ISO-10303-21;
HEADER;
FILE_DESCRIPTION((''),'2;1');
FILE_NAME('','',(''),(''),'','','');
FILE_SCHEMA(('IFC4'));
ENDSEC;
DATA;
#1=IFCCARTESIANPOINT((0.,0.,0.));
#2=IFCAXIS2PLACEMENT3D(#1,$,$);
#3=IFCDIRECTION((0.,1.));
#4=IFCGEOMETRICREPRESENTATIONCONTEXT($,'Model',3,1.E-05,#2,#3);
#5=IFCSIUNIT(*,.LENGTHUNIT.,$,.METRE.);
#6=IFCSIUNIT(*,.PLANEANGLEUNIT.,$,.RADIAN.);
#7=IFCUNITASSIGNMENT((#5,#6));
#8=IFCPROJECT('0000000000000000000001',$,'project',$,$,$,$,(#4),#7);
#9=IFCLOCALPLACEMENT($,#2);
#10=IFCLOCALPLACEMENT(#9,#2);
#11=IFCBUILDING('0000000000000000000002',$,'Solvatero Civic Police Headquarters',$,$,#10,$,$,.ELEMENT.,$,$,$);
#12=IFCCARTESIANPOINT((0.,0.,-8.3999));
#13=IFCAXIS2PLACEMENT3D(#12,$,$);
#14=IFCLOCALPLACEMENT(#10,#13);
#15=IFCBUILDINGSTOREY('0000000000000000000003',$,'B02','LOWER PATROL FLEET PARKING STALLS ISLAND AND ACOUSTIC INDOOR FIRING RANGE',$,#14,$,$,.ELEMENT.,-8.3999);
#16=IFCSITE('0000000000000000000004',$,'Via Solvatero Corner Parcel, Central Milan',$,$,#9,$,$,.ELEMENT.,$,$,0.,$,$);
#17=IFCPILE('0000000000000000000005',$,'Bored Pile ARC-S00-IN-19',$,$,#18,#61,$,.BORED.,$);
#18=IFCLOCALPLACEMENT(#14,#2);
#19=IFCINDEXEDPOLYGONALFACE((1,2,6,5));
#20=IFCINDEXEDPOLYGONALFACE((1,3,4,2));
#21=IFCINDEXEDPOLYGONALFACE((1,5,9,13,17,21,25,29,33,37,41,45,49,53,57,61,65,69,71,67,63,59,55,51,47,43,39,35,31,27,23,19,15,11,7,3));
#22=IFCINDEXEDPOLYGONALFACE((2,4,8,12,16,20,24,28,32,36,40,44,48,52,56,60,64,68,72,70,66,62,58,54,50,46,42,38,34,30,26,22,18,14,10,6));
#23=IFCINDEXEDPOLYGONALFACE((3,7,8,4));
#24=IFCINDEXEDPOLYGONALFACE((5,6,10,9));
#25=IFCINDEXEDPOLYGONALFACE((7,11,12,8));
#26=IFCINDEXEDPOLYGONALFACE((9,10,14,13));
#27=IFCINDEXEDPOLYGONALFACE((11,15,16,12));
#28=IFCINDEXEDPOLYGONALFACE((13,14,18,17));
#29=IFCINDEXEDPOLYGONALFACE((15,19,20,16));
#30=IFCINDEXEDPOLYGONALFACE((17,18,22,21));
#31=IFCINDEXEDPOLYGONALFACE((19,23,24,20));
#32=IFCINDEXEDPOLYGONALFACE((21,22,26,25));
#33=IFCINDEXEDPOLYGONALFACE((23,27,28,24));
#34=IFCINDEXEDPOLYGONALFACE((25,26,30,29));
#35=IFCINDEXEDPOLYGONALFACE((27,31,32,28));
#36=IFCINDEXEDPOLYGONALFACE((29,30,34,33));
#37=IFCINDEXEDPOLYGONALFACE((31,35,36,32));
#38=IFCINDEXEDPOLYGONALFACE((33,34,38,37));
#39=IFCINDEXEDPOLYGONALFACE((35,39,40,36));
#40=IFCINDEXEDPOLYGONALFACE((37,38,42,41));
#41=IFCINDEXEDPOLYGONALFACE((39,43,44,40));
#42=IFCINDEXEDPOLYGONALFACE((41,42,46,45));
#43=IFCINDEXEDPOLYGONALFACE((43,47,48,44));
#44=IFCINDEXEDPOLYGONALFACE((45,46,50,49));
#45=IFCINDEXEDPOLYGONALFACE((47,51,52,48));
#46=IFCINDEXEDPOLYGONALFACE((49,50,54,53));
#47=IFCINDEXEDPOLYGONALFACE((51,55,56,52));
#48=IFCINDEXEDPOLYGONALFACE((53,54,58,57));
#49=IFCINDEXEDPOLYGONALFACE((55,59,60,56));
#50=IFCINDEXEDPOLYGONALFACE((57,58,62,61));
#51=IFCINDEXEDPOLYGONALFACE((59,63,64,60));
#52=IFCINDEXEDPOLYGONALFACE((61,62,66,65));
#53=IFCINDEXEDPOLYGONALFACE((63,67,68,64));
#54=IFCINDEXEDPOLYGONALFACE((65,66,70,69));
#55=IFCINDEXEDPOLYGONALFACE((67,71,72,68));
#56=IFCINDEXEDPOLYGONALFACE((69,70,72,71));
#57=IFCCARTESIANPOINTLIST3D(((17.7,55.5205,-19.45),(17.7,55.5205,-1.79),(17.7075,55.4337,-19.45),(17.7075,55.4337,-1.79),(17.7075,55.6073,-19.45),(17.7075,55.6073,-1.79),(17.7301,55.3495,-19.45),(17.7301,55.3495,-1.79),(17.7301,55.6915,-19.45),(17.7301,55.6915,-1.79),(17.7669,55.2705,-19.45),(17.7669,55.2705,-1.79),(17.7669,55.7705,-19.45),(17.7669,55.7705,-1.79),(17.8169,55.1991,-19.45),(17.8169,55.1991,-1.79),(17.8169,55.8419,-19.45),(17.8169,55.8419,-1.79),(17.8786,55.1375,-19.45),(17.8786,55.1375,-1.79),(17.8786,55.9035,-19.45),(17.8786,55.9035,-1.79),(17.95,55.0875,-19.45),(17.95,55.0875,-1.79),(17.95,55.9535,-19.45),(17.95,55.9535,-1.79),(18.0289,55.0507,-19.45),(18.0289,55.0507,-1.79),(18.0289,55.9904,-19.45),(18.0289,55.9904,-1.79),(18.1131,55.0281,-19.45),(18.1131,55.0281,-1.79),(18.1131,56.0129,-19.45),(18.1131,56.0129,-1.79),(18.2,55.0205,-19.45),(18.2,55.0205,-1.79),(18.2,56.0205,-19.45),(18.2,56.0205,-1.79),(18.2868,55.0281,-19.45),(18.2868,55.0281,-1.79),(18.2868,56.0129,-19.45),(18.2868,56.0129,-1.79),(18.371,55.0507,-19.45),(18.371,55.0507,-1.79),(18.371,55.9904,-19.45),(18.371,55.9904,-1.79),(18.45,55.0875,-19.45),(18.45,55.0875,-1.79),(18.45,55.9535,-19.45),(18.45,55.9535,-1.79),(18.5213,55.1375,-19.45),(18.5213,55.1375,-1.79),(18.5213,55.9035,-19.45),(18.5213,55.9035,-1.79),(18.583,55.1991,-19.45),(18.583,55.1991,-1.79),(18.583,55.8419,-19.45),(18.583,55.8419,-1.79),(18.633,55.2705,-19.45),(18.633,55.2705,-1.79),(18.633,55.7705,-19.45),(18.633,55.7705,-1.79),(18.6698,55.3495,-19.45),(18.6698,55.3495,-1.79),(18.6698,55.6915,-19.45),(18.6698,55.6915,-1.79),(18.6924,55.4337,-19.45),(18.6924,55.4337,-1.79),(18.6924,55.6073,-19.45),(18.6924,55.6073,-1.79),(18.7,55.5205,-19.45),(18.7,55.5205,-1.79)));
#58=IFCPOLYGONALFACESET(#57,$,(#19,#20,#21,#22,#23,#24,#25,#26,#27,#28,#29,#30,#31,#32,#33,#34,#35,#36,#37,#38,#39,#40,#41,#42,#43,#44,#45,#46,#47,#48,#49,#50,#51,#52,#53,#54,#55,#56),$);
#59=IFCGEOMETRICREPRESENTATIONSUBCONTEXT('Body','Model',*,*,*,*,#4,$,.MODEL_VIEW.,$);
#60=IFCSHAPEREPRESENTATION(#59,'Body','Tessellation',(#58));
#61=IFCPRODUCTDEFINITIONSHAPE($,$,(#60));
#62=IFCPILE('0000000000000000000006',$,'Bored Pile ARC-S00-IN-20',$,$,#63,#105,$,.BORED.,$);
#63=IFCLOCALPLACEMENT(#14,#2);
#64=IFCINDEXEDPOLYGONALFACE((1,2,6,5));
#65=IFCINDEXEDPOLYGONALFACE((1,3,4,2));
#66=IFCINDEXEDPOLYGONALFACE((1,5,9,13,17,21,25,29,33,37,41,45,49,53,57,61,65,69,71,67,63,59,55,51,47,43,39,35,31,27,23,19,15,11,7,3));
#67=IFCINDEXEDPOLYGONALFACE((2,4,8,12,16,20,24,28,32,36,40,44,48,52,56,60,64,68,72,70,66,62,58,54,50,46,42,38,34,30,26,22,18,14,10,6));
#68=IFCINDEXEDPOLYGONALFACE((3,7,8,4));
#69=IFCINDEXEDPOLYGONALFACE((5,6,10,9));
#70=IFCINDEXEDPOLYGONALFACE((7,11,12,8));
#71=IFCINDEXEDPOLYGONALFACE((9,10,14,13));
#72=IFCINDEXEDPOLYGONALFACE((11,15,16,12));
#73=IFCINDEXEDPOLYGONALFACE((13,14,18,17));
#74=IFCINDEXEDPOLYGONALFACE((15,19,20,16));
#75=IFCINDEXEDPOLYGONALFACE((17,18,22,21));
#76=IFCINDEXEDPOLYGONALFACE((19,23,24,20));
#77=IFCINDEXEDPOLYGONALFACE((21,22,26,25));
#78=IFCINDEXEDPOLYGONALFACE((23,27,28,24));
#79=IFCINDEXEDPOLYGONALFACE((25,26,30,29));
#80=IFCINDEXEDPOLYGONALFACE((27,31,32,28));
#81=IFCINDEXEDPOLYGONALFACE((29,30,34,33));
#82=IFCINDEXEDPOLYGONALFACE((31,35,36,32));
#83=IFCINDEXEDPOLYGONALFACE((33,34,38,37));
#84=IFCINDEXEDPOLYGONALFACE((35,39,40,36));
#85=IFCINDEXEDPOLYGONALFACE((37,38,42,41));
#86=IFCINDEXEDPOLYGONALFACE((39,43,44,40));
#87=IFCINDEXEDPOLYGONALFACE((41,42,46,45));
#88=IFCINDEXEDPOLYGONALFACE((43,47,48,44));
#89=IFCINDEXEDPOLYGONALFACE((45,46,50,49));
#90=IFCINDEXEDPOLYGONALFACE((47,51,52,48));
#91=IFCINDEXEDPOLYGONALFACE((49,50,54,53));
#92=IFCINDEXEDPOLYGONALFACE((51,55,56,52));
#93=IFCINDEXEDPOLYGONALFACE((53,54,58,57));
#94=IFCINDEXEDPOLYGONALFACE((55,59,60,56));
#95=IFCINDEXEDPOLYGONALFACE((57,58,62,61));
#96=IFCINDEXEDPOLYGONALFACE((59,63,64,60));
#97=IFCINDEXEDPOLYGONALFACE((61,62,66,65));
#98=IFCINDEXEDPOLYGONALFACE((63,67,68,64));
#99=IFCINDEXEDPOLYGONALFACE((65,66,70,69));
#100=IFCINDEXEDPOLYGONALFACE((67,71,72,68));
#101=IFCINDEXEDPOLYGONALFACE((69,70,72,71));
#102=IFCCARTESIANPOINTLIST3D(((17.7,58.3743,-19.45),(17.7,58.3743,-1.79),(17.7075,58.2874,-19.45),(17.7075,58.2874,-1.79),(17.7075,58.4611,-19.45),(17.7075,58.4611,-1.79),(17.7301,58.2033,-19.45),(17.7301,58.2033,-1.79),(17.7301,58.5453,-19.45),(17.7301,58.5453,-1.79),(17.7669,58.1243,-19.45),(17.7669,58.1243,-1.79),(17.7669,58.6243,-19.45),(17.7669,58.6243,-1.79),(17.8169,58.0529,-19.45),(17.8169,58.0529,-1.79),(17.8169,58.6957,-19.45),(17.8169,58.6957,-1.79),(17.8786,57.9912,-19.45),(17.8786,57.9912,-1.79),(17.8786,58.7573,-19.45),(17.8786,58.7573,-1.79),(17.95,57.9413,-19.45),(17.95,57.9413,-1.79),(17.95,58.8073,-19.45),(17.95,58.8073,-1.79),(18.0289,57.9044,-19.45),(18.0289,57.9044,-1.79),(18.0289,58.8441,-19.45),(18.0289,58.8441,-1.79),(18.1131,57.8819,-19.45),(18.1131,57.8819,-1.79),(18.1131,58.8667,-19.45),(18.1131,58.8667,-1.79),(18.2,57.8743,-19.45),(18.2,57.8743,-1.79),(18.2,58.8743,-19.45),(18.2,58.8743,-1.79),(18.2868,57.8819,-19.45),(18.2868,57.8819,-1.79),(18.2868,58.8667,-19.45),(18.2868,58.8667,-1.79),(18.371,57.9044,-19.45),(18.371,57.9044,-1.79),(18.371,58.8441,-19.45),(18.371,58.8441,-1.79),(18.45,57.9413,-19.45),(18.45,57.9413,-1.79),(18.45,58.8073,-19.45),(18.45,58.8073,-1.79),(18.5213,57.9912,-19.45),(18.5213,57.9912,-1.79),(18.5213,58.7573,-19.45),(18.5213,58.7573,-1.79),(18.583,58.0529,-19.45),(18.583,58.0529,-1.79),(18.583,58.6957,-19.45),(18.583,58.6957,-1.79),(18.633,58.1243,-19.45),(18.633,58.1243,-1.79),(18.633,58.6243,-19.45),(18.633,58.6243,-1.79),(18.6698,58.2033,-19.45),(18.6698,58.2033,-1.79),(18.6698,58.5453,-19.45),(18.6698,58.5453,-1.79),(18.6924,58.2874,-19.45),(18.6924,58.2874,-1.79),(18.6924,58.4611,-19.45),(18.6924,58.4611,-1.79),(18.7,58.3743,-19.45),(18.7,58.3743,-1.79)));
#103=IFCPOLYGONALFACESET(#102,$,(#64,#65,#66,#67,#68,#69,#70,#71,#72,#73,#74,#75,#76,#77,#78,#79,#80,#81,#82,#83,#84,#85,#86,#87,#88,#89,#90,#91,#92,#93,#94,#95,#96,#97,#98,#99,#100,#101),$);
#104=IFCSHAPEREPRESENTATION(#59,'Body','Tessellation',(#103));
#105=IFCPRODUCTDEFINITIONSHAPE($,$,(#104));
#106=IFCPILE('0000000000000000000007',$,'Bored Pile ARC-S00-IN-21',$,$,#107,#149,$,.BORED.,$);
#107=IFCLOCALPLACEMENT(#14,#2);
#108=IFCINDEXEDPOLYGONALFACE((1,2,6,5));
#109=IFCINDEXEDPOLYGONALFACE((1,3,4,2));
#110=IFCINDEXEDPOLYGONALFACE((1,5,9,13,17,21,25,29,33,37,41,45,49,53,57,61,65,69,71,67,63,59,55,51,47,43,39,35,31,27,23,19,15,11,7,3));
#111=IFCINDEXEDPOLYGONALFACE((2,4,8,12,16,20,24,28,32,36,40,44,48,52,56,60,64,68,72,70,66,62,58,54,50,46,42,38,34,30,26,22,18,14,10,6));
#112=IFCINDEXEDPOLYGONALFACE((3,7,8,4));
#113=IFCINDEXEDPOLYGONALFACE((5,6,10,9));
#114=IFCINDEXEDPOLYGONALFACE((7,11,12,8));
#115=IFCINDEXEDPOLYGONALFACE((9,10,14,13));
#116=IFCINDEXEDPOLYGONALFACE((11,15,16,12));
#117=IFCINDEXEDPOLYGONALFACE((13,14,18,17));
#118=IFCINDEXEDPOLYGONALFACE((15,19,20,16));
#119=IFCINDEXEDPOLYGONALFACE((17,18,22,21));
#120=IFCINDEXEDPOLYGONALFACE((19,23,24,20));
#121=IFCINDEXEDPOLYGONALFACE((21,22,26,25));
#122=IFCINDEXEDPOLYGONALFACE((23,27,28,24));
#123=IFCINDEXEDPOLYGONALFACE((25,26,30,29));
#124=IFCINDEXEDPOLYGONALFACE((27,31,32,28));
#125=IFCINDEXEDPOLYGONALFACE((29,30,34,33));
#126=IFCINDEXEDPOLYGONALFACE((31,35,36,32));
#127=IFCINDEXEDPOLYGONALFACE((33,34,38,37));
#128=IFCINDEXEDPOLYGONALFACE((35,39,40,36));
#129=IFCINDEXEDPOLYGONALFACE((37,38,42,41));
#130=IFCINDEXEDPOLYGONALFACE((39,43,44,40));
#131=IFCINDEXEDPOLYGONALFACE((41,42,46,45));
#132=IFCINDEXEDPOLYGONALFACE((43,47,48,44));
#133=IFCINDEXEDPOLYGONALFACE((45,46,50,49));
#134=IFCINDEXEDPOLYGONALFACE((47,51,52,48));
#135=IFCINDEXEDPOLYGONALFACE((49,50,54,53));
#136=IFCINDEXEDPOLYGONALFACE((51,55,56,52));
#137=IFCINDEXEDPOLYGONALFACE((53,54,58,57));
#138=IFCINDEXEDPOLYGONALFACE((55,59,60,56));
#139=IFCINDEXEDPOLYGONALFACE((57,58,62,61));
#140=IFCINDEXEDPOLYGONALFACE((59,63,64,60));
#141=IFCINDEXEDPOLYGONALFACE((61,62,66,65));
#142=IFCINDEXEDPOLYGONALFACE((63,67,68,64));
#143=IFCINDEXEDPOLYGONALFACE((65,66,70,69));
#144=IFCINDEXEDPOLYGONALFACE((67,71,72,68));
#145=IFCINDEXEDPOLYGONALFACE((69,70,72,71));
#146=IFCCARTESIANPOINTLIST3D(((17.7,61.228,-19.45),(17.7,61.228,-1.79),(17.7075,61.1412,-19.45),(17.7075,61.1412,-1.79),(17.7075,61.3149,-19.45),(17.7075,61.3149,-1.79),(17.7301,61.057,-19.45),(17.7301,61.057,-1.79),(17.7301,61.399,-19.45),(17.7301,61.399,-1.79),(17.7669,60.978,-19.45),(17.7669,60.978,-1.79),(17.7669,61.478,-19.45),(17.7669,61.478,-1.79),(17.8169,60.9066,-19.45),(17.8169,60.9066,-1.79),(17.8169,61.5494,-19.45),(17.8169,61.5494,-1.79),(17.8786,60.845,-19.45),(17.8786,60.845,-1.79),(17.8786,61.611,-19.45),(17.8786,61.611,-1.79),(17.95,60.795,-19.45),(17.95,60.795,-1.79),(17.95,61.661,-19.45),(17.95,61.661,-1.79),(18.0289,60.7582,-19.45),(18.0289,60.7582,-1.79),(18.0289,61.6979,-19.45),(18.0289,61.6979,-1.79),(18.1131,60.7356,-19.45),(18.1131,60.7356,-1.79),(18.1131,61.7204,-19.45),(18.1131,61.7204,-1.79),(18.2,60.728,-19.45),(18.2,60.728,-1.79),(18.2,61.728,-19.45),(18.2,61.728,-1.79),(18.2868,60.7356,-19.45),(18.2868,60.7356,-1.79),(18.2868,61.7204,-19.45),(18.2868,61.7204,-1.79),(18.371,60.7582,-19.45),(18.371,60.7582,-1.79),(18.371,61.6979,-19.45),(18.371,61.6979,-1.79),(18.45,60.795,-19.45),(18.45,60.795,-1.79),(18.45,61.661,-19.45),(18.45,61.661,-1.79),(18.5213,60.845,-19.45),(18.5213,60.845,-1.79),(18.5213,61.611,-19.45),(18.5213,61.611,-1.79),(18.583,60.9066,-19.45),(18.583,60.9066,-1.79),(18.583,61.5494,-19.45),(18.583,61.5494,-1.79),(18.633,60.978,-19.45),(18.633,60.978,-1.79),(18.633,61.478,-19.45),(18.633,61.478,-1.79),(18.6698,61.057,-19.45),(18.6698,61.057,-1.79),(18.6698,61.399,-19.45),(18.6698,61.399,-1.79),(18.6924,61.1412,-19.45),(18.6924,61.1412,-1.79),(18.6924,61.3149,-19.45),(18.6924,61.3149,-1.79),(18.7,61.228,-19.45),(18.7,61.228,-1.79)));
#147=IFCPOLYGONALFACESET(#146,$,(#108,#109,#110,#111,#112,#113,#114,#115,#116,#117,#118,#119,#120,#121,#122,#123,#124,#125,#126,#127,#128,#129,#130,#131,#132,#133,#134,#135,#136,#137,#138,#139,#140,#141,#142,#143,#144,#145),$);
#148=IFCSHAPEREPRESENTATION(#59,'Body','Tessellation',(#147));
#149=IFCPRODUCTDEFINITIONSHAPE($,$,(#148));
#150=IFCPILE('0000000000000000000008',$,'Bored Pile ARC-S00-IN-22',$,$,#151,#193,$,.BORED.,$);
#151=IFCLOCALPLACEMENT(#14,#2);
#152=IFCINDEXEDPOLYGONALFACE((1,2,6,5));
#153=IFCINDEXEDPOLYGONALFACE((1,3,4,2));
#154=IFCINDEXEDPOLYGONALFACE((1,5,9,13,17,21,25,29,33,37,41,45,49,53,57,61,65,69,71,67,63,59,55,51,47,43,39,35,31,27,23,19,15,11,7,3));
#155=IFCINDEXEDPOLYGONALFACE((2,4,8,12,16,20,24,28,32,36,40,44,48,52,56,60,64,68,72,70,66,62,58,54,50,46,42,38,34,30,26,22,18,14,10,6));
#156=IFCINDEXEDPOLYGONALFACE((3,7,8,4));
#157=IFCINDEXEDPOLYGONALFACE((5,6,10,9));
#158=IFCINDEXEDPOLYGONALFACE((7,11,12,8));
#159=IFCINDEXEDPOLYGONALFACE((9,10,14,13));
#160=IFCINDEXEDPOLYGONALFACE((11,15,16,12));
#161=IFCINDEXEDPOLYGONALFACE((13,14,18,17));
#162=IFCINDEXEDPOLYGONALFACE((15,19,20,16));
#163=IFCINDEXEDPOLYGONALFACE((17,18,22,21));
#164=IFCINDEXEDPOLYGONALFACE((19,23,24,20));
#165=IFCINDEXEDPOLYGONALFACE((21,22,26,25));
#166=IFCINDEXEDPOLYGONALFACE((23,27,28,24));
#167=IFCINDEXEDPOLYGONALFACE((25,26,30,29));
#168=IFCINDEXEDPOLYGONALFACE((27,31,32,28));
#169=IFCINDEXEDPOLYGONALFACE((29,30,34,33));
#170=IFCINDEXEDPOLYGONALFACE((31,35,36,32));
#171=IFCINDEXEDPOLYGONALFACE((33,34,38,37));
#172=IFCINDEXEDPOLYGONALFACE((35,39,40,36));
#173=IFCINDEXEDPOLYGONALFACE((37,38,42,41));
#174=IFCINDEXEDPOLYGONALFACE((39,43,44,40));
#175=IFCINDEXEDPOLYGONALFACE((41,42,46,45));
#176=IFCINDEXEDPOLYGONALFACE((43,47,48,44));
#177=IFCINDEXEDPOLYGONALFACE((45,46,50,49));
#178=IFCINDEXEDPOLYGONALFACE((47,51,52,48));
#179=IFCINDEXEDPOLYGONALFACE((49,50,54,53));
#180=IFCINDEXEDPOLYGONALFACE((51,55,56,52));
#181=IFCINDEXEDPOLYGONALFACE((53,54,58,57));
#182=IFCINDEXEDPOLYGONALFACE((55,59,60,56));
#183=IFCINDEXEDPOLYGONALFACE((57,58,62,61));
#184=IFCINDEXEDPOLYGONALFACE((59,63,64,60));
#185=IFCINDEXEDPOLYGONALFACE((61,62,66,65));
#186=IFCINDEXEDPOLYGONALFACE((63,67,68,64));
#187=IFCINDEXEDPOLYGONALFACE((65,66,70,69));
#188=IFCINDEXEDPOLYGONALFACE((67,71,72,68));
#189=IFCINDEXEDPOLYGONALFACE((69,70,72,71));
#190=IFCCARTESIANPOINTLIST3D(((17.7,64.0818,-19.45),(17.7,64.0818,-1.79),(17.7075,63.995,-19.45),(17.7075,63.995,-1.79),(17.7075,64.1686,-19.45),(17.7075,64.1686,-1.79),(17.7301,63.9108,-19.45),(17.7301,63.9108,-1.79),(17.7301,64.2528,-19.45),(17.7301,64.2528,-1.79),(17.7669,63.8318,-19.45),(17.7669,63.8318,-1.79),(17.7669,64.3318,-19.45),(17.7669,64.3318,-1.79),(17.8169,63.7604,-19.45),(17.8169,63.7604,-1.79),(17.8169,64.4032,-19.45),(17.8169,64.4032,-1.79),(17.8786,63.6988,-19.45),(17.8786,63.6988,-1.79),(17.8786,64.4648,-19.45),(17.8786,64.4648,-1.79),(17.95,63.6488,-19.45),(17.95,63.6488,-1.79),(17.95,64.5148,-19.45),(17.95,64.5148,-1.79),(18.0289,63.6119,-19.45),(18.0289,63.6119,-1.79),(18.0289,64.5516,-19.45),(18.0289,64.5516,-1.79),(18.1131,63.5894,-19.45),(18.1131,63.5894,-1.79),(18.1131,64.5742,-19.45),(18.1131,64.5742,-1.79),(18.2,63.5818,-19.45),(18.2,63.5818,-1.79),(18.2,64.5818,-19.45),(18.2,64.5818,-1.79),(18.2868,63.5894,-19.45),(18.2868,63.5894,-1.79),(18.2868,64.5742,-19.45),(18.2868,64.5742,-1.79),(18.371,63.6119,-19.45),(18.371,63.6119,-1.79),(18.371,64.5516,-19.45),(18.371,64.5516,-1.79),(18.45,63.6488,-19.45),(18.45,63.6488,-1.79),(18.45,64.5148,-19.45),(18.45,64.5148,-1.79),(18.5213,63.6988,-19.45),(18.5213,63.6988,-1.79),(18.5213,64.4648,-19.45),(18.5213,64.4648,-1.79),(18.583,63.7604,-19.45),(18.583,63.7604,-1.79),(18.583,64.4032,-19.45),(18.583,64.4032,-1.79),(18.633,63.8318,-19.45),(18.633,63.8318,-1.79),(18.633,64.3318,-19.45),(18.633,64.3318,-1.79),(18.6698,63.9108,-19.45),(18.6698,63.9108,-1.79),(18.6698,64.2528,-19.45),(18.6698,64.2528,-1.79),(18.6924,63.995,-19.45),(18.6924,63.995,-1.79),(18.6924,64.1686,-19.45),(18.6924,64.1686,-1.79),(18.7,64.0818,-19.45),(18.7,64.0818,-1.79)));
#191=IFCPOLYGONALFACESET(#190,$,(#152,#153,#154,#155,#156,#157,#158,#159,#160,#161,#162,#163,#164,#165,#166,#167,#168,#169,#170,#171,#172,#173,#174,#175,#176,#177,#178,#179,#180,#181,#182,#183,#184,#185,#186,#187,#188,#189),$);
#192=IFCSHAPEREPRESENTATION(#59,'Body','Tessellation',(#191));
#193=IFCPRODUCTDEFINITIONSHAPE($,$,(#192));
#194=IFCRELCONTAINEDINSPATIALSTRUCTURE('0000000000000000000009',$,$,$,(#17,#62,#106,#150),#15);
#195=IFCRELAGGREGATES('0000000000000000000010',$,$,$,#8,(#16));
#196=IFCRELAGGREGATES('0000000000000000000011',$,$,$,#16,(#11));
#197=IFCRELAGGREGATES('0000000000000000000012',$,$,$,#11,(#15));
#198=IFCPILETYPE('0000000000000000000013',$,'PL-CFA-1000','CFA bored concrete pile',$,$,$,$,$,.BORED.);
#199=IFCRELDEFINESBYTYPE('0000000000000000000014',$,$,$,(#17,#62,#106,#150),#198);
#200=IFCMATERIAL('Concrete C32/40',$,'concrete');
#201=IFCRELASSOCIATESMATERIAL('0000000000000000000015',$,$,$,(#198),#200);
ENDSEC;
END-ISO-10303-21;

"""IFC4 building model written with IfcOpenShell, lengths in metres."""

from ifc_helpers import new_model, si_unit, direction, frame, origin, origin_2d, place, context, subcontext, project, spatial, circle, extrude, material, material_profile, profile_set, type_object, element, save


model = new_model("IFC4")

# Units and contexts
model_context = context("Model", 3, precision=1e-05, world=origin(), true_north=direction((0.0, 1.0)))
body_context = subcontext(model_context, "Body", "Model", "MODEL_VIEW")
ifc_project = project(units=[si_unit("LENGTHUNIT", "METRE"), si_unit("PLANEANGLEUNIT", "RADIAN")], contexts=[model_context])

# Site, building, storey
site_placement = place(None, origin())
site = spatial("IfcSite", under=ifc_project, at=site_placement, Name="Via Solvatero Corner Parcel, Central Milan", CompositionType="ELEMENT", RefElevation=0.0)
building_placement = place(site_placement, origin())
building = spatial("IfcBuilding", under=site, at=building_placement, Name="Solvatero Civic Police Headquarters", CompositionType="ELEMENT")
storey_placement = place(building_placement, frame((0.0, 0.0, -8.3999)))
storey = spatial("IfcBuildingStorey", under=building, at=storey_placement, Name="B02", Description="LOWER PATROL FLEET PARKING STALLS ISLAND AND ACOUSTIC INDOOR FIRING RANGE", CompositionType="ELEMENT", Elevation=-8.3999)

# Piles
ifc_material_1 = material(Name="Concrete C32/40", Category="concrete")
ifc_material_profile_1 = material_profile(ifc_material_1, circle(Radius=0.5, at=origin_2d()), Name="CFA PILE D1000")
ifc_profile_set_1 = profile_set([ifc_material_profile_1], Name="Concrete C32/40")
pile_type = type_object("IfcPileType", Name="PL-CFA-1000", Description="CFA bored concrete pile", PredefinedType="BORED", material=ifc_profile_set_1)
for number, where, z_axis, x_axis, name in (
    (1, (18.2, 55.5205, -1.79), (0.0, 0.0, -1.0), (1.0, 0.0, 0.0), "Bored Pile ARC-S00-IN-19"),
    (2, (18.2, 58.3743, -1.79), (0.0, 0.0, -1.0), (1.0, 0.0, 0.0), "Bored Pile ARC-S00-IN-20"),
    (3, (18.2, 61.228, -1.79), (0.0, 0.0, -1.0), (1.0, 0.0, 0.0), "Bored Pile ARC-S00-IN-21"),
    (4, (18.2, 64.0818, -1.79), (0.0, 0.0, -1.0), (1.0, 0.0, 0.0), "Bored Pile ARC-S00-IN-22"),
):
    element("IfcPile", number, at=place(storey_placement, frame(where, z_axis=z_axis, x_axis=x_axis)), inside=storey, type_object=pile_type, Name=name, PredefinedType="BORED", context=body_context, shape_type="SweptSolid", body=[
        extrude(circle(Radius=0.5, at=origin_2d()), origin(), (0.0, 0.0, 1.0), 17.6599),
    ])

save(model, "model.ifc")
